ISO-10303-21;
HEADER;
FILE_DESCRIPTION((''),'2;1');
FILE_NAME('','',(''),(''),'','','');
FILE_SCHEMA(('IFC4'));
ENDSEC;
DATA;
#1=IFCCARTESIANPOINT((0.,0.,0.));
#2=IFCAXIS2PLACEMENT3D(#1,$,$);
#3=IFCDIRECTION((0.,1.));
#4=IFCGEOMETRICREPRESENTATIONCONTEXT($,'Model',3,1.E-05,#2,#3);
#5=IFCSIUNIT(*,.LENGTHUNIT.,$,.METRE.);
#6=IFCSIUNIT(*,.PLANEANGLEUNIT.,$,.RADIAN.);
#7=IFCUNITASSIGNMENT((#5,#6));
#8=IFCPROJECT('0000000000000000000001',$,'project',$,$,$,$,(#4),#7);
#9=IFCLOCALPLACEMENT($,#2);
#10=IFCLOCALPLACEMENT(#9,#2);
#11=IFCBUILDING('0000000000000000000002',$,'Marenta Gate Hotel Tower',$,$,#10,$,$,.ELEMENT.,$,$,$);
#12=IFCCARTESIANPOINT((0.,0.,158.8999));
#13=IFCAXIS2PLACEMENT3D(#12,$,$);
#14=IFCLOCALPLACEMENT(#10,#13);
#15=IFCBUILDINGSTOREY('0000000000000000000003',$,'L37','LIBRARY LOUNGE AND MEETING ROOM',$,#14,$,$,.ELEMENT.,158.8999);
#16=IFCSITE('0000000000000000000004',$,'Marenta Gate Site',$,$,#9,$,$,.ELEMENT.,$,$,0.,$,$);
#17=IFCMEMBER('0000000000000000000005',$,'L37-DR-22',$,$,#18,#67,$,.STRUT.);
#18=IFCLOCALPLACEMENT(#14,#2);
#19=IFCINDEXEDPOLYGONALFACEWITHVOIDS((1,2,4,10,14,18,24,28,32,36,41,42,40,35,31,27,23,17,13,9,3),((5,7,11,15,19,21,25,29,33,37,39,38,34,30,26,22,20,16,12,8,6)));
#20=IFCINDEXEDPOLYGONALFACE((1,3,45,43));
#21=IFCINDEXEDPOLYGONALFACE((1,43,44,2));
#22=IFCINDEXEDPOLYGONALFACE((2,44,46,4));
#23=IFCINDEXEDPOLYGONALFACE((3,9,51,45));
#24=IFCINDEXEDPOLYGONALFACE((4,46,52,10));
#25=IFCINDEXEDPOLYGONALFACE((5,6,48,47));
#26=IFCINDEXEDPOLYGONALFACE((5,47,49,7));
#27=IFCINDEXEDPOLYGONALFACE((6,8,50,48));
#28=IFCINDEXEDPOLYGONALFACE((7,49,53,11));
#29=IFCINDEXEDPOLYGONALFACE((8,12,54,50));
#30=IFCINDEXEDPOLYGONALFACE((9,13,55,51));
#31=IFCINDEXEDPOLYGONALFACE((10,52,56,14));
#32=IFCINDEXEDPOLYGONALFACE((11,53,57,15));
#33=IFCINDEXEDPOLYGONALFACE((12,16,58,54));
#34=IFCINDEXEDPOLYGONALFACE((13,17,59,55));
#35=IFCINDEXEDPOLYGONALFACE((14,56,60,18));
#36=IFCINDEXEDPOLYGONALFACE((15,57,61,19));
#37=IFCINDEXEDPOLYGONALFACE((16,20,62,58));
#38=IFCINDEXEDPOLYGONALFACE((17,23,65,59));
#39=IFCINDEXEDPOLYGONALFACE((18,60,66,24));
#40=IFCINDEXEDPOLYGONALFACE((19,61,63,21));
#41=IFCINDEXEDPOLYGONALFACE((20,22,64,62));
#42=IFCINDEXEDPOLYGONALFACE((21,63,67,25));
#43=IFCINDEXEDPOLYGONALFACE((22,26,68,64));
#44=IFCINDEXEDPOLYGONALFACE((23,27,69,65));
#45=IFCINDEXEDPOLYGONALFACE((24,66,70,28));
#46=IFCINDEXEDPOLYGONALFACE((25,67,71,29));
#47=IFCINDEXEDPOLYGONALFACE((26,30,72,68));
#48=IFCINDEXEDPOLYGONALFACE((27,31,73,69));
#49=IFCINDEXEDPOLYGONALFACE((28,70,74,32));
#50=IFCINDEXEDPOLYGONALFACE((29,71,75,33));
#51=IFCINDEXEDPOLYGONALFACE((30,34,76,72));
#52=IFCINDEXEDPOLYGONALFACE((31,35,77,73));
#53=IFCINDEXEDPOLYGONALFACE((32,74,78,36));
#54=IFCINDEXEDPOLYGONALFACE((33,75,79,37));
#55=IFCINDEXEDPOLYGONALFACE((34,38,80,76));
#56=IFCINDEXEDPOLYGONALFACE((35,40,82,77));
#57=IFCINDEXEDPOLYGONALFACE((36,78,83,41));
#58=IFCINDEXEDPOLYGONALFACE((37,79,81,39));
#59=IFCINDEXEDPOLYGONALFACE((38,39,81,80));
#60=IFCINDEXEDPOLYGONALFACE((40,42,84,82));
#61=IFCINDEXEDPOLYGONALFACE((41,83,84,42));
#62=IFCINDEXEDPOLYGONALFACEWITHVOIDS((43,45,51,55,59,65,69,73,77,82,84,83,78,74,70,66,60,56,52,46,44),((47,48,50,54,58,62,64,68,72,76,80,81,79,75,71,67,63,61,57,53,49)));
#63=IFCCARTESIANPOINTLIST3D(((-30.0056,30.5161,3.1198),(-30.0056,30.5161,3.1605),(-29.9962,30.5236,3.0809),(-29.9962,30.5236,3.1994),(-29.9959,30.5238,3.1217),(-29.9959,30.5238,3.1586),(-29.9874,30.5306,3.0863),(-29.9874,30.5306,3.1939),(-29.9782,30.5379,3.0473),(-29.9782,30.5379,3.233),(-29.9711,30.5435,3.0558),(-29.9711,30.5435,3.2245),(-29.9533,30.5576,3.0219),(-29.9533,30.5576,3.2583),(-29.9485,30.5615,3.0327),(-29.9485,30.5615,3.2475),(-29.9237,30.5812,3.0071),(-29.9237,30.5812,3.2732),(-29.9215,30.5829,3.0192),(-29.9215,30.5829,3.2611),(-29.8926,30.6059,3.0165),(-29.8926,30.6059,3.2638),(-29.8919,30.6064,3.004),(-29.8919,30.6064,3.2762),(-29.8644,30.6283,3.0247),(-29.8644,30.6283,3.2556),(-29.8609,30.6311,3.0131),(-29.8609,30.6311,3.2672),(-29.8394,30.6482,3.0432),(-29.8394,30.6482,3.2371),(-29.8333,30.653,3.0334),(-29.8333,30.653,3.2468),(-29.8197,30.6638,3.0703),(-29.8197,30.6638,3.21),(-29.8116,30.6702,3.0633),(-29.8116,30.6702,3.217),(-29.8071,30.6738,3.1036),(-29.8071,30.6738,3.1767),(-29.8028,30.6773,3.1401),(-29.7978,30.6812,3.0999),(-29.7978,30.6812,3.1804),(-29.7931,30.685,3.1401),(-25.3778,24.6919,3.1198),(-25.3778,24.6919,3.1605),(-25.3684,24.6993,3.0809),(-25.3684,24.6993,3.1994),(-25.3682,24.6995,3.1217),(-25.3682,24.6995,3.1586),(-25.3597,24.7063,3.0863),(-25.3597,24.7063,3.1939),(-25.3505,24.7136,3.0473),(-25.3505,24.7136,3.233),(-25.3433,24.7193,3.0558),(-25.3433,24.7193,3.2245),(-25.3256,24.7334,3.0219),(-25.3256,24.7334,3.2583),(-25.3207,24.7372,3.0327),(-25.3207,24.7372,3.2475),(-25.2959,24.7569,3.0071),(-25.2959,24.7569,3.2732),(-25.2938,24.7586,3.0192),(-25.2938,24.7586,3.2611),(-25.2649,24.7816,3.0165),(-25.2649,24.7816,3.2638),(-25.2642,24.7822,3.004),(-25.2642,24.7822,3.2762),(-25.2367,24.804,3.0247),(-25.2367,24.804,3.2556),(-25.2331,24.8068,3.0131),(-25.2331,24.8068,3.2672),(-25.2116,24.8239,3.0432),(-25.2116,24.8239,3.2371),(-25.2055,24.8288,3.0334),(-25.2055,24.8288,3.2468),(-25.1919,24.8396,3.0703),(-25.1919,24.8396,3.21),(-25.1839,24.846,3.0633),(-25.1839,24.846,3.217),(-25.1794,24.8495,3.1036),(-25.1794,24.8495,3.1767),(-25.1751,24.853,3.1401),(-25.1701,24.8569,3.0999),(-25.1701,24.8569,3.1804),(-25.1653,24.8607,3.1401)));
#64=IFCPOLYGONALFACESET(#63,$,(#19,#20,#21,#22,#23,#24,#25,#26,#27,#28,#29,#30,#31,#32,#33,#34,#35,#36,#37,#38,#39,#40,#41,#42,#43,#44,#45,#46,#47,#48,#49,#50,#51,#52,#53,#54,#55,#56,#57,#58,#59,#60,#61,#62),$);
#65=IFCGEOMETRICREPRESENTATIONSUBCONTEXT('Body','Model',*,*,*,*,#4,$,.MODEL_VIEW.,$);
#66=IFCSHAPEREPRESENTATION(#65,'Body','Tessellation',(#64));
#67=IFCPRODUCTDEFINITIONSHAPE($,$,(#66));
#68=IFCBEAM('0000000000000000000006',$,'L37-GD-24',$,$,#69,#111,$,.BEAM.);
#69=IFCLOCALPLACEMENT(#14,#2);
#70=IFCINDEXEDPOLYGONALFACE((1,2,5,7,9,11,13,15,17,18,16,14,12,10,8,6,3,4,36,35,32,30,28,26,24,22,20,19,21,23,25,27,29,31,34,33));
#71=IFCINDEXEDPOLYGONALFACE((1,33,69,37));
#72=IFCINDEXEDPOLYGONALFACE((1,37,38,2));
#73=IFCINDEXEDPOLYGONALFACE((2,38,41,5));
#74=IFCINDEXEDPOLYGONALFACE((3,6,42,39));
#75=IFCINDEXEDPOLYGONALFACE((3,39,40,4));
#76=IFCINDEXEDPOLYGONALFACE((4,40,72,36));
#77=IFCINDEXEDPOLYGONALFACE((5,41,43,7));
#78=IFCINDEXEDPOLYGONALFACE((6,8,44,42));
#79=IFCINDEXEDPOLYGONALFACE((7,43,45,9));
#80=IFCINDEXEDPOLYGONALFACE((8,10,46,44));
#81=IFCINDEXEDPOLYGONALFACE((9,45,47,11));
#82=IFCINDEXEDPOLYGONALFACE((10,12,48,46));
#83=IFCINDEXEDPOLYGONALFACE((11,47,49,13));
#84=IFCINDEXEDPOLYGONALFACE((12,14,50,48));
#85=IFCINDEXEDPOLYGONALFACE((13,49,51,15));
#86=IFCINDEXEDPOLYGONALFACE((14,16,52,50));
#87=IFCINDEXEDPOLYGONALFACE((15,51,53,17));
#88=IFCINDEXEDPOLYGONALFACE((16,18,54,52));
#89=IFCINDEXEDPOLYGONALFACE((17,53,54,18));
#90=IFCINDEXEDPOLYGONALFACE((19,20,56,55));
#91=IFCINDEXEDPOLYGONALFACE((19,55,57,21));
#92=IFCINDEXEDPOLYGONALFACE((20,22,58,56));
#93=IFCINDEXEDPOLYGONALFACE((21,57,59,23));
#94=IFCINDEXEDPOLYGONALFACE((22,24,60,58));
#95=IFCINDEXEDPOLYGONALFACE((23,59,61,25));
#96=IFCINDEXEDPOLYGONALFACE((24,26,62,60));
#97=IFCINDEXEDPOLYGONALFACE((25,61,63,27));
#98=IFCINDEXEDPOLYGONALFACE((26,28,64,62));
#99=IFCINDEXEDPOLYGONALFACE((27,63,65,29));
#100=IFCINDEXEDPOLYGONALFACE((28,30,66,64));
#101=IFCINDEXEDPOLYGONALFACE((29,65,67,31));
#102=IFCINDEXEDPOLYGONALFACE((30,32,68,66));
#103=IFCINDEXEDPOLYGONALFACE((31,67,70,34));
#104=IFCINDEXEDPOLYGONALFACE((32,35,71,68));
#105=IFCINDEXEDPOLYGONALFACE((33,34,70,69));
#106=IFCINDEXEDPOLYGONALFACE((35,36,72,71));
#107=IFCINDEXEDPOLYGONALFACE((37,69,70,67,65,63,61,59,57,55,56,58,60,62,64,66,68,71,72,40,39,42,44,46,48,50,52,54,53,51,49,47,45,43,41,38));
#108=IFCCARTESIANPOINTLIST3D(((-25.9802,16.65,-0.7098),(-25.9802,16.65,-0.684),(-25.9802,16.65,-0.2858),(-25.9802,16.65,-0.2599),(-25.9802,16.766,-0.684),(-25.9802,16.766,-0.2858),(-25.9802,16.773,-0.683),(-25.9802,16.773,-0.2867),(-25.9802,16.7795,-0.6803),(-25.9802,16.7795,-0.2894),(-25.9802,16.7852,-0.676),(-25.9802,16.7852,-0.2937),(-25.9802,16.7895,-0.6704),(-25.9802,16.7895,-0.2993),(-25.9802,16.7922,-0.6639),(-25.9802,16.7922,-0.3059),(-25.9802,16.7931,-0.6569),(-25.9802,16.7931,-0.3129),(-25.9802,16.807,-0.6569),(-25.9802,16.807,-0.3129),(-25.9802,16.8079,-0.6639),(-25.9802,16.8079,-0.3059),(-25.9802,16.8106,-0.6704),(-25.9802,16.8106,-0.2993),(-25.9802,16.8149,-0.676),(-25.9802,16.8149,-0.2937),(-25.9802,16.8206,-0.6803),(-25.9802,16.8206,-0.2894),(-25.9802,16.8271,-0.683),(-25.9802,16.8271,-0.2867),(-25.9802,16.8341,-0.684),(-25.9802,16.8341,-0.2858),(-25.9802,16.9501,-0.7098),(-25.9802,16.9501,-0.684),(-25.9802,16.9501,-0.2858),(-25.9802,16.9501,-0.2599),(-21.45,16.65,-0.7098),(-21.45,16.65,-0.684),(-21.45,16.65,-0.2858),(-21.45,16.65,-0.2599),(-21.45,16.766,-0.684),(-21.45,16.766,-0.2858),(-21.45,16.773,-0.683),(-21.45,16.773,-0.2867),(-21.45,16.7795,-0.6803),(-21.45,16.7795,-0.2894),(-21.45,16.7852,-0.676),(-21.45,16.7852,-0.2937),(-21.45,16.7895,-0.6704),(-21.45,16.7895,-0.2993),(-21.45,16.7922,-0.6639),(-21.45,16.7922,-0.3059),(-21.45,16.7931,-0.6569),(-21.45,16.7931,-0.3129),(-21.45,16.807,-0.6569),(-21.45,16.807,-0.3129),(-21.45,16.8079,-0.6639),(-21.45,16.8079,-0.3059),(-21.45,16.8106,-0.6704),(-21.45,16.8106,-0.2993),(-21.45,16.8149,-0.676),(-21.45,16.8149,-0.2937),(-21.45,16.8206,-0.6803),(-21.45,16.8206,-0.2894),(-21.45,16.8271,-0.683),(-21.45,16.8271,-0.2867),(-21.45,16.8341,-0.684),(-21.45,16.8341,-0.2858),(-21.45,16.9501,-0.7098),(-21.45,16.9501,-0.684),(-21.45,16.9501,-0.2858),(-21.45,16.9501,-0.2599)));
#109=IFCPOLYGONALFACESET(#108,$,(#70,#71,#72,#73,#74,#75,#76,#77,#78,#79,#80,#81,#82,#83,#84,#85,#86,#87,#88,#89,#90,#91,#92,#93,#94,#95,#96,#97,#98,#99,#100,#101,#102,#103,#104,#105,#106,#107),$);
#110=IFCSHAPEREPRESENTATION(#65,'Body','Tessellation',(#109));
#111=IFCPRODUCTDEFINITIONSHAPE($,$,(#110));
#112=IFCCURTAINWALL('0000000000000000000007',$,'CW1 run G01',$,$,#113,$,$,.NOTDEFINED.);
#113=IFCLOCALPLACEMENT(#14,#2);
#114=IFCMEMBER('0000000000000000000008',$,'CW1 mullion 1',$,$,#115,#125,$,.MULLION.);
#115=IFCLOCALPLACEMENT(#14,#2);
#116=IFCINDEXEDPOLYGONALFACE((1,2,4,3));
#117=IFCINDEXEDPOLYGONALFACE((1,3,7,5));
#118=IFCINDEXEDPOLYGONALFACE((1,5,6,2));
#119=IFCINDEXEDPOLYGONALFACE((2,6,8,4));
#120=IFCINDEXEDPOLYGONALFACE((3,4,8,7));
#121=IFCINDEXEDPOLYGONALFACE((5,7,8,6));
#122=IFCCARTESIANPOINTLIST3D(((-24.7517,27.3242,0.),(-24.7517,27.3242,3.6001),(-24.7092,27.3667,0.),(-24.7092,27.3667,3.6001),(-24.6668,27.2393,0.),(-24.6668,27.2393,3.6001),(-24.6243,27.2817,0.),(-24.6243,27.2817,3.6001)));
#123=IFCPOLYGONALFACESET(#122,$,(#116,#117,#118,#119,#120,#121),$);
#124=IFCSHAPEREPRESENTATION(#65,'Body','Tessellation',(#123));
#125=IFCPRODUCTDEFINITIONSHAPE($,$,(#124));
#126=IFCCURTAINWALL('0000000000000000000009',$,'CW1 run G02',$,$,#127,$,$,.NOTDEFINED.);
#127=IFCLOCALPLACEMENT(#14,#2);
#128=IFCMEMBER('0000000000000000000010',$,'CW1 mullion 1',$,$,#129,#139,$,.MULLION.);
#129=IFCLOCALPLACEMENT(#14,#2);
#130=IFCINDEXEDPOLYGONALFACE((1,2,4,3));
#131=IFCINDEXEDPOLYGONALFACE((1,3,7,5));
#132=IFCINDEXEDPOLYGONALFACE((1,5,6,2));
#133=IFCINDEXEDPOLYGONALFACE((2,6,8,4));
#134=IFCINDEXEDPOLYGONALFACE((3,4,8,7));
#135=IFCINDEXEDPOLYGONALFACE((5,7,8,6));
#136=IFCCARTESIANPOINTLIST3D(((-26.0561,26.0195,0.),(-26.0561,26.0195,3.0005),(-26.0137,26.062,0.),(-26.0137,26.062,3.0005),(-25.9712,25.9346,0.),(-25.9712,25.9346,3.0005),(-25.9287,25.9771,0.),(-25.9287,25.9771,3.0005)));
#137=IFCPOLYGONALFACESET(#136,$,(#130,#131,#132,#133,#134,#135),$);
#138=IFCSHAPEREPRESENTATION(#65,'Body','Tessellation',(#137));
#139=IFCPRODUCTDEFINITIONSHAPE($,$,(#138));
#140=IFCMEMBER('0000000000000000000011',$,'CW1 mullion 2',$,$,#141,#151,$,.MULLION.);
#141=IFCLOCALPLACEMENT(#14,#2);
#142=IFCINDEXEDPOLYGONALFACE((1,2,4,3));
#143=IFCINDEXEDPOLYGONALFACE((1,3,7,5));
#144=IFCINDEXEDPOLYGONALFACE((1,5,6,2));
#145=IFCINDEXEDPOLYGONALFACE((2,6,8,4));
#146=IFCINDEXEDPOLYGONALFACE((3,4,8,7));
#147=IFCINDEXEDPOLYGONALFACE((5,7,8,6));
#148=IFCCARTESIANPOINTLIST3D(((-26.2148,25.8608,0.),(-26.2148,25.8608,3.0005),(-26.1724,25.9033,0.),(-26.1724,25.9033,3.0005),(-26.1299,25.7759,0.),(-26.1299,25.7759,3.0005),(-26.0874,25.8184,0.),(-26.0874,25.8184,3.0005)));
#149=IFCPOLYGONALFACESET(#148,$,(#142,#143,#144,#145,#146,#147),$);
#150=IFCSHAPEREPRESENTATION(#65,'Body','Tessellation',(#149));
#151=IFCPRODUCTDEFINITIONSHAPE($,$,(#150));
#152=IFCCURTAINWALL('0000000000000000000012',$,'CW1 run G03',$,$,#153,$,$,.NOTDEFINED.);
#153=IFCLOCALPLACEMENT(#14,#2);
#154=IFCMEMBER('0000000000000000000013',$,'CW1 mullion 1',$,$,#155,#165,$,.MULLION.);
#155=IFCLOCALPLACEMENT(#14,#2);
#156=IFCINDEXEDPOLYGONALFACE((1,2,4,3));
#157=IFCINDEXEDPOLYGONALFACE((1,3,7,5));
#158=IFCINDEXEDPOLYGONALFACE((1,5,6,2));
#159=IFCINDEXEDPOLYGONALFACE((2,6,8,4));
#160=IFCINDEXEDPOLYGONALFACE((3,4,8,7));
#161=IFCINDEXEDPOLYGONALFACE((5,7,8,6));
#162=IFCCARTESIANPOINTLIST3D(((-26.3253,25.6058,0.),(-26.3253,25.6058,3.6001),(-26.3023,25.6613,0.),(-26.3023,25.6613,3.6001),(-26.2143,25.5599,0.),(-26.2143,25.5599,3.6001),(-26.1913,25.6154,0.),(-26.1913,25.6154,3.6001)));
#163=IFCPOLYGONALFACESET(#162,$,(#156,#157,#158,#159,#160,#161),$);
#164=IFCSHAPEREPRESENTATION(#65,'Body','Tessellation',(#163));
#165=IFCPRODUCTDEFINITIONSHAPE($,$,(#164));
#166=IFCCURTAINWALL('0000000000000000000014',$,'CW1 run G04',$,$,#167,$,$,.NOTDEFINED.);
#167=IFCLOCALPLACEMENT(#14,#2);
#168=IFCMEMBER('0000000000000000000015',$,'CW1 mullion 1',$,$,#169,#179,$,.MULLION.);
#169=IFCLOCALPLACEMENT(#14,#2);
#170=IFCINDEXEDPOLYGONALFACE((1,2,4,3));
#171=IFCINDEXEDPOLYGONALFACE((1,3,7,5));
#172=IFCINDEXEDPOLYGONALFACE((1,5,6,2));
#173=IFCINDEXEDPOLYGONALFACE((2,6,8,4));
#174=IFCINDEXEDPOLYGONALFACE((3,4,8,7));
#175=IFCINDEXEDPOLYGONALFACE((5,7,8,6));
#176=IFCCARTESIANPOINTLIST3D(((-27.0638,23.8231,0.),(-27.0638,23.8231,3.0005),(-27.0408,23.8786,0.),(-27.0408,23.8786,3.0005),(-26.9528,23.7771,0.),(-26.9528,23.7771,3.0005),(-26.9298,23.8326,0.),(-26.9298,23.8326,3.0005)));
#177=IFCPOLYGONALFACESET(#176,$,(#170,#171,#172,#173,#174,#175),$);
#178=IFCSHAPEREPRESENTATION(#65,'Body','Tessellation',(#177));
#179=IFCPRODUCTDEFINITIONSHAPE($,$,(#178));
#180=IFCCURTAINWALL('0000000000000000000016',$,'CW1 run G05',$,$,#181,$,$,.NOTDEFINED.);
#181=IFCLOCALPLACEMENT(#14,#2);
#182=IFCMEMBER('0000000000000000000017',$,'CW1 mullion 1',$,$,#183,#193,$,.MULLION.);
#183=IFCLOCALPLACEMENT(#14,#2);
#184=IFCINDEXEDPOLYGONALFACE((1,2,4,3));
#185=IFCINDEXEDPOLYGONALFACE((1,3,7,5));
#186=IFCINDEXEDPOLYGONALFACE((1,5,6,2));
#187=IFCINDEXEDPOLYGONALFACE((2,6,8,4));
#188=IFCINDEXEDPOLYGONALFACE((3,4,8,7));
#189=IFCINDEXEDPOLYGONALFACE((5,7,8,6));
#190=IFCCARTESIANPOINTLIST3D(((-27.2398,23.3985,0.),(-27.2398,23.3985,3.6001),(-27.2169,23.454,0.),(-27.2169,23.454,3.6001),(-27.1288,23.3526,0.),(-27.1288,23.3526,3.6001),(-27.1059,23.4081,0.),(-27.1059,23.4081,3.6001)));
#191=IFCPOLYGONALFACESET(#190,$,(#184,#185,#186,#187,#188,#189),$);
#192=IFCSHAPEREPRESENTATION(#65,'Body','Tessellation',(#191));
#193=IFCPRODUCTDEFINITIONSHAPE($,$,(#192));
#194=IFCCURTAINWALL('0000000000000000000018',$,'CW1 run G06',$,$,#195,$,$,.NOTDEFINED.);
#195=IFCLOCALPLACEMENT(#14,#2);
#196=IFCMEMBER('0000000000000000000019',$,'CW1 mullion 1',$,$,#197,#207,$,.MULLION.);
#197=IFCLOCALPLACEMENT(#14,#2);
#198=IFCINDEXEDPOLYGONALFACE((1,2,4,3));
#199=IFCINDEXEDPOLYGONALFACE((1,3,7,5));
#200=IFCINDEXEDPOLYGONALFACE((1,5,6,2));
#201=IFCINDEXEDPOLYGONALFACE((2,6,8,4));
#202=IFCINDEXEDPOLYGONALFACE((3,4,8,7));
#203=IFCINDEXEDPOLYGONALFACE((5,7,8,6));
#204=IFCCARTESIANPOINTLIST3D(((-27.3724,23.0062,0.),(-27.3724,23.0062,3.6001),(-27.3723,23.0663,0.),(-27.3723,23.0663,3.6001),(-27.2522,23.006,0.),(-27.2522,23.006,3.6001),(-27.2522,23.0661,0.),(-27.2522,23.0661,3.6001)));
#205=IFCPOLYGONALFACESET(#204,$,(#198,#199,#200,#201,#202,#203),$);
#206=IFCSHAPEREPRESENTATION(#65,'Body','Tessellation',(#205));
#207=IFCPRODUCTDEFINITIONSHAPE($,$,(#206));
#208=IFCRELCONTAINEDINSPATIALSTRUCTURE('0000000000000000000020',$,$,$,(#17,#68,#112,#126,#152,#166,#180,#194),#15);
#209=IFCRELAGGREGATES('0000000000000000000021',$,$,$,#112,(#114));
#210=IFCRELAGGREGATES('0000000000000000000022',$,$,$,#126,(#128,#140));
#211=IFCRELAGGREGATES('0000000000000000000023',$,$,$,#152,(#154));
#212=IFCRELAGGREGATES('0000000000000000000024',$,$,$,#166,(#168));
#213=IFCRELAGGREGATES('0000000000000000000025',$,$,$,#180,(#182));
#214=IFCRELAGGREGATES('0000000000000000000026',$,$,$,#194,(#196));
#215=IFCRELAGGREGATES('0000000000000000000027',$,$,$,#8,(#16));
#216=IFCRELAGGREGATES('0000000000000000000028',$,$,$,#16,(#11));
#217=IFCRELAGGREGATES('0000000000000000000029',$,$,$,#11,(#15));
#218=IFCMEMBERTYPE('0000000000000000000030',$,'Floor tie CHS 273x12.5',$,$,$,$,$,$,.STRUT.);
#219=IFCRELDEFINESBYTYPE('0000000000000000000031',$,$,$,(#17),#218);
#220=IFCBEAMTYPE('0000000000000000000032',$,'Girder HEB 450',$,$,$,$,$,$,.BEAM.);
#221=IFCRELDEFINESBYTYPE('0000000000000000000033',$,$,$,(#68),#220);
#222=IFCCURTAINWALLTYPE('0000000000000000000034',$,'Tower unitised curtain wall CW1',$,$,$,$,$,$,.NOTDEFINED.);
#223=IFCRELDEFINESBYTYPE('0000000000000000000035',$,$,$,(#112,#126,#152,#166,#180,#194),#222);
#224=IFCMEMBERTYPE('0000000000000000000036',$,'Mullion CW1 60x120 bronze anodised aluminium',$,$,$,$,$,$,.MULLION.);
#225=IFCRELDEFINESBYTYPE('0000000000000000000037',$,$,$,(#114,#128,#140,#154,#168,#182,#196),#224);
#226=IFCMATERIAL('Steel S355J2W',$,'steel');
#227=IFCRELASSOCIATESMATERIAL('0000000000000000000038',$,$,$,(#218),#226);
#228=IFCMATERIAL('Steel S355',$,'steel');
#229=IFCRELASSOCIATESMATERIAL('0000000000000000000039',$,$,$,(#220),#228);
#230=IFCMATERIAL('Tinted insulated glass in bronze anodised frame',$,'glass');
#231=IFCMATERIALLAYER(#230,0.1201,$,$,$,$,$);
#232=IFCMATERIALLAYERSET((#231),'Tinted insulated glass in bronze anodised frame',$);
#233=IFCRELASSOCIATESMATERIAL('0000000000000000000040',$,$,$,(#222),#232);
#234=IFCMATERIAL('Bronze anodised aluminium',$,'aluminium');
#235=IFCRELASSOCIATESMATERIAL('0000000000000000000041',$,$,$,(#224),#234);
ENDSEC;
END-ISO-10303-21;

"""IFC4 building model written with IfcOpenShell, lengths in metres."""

from ifc_helpers import new_model, si_unit, direction, frame, origin, origin_2d, place, context, subcontext, project, spatial, rectangle, hollow_circle, i_section, extrude, material, layer, layer_set, material_profile, profile_set, type_object, element, aggregate, save


model = new_model("IFC4")

# Units and contexts
model_context = context("Model", 3, precision=1e-05, world=origin(), true_north=direction((0.0, 1.0)))
body_context = subcontext(model_context, "Body", "Model", "MODEL_VIEW")
ifc_project = project(units=[si_unit("LENGTHUNIT", "METRE"), si_unit("PLANEANGLEUNIT", "RADIAN")], contexts=[model_context])

# Site, building, storey
site_placement = place(None, origin())
site = spatial("IfcSite", under=ifc_project, at=site_placement, Name="Marenta Gate Site", CompositionType="ELEMENT", RefElevation=0.0)
building_placement = place(site_placement, origin())
building = spatial("IfcBuilding", under=site, at=building_placement, Name="Marenta Gate Hotel Tower", CompositionType="ELEMENT")
storey_placement = place(building_placement, frame((0.0, 0.0, 158.8999)))
storey = spatial("IfcBuildingStorey", under=building, at=storey_placement, Name="L37", Description="LIBRARY LOUNGE AND MEETING ROOM", CompositionType="ELEMENT", Elevation=158.8999)

# Member
ifc_material_1 = material(Name="Steel S355J2W", Category="steel")
ifc_material_profile_1 = material_profile(ifc_material_1, hollow_circle(Radius=0.1365, WallThickness=0.0125, at=origin_2d()), Name="CHS 273x12.5")
ifc_profile_set_1 = profile_set([ifc_material_profile_1], Name="Steel S355J2W")
member_type_1 = type_object("IfcMemberType", Name="Floor tie CHS 273x12.5", PredefinedType="STRUT", material=ifc_profile_set_1)
member_1_placement = place(storey_placement, frame((-29.8999, 30.6001, 3.1401), z_axis=(0.622094, -0.782943, 0.0), x_axis=(0.782943, 0.622094, 0.0)))
element("IfcMember", 1, at=member_1_placement, inside=storey, type_object=member_type_1, Name="L37-DR-22", PredefinedType="STRUT", context=body_context, shape_type="SweptSolid", body=[
    extrude(hollow_circle(Radius=0.1365, WallThickness=0.0125, at=origin_2d()), origin(), (0.0, 0.0, 1.0), 7.439),
])

# Beam
ifc_material_2 = material(Name="Steel S355", Category="steel")
ifc_material_profile_2 = material_profile(ifc_material_2, i_section(OverallWidth=0.3, OverallDepth=0.45, WebThickness=0.0139, FlangeThickness=0.0259, FilletRadius=0.0271, at=origin_2d()), Name="HEB 450")
ifc_profile_set_2 = profile_set([ifc_material_profile_2], Name="Steel S355")
beam_type_1 = type_object("IfcBeamType", Name="Girder HEB 450", PredefinedType="BEAM", material=ifc_profile_set_2)
beam_1_placement = place(storey_placement, frame((-25.9802, 16.8, -0.4849), z_axis=(1.0, 0.0, 0.0), x_axis=(0.0, 1.0, 0.0)))
element("IfcBeam", 2, at=beam_1_placement, inside=storey, type_object=beam_type_1, Name="L37-GD-24", PredefinedType="BEAM", context=body_context, shape_type="SweptSolid", body=[
    extrude(i_section(OverallWidth=0.3, OverallDepth=0.45, WebThickness=0.0139, FlangeThickness=0.0259, FilletRadius=0.0271, at=origin_2d()), origin(), (0.0, 0.0, 1.0), 4.5303),
])

# Curtain wall, member
ifc_material_3 = material(Name="Tinted insulated glass in bronze anodised frame", Category="glass")
ifc_layer_1 = layer(ifc_material_3, 0.1201)
ifc_layer_set_1 = layer_set([ifc_layer_1], Name="Tinted insulated glass in bronze anodised frame")
curtain_wall_type = type_object("IfcCurtainWallType", Name="Tower unitised curtain wall CW1", PredefinedType="NOTDEFINED", material=ifc_layer_set_1)
curtain_wall_1_placement = place(storey_placement, origin())
curtain_wall_1 = element("IfcCurtainWall", 3, at=curtain_wall_1_placement, inside=storey, type_object=curtain_wall_type, Name="CW1 run G01", PredefinedType="NOTDEFINED")
ifc_material_4 = material(Name="Bronze anodised aluminium", Category="aluminium")
ifc_material_profile_3 = material_profile(ifc_material_4, rectangle(XDim=0.1201, YDim=0.0601, at=origin_2d()), Name="Mullion CW1 60x120 bronze anodised aluminium")
ifc_profile_set_3 = profile_set([ifc_material_profile_3], Name="Bronze anodised aluminium")
member_type_2 = type_object("IfcMemberType", Name="Mullion CW1 60x120 bronze anodised aluminium", PredefinedType="MULLION", material=ifc_profile_set_3)
member_2_placement = place(storey_placement, frame((-24.688, 27.303, 0.0), z_axis=(0.0, 0.0, 1.0), x_axis=(0.707107, -0.707107, 0.0)))
member_2 = element("IfcMember", 4, at=member_2_placement, type_object=member_type_2, Name="CW1 mullion 1", PredefinedType="MULLION", context=body_context, shape_type="SweptSolid", body=[
    extrude(rectangle(XDim=0.1201, YDim=0.0601, at=origin_2d()), origin(), (0.0, 0.0, 1.0), 3.6001),
])

# Curtain wall, members
curtain_wall_2_placement = place(storey_placement, origin())
curtain_wall_2 = element("IfcCurtainWall", 5, at=curtain_wall_2_placement, inside=storey, type_object=curtain_wall_type, Name="CW1 run G02", PredefinedType="NOTDEFINED")
member_3_placement = place(storey_placement, frame((-25.9924, 25.9983, 0.0), z_axis=(0.0, 0.0, 1.0), x_axis=(0.707107, -0.707107, 0.0)))
member_3 = element("IfcMember", 6, at=member_3_placement, type_object=member_type_2, Name="CW1 mullion 1", PredefinedType="MULLION", context=body_context, shape_type="SweptSolid", body=[
    extrude(rectangle(XDim=0.1201, YDim=0.0601, at=origin_2d()), origin(), (0.0, 0.0, 1.0), 3.0005),
])
member_4_placement = place(storey_placement, frame((-26.1511, 25.8396, 0.0), z_axis=(0.0, 0.0, 1.0), x_axis=(0.707107, -0.707107, 0.0)))
member_4 = element("IfcMember", 7, at=member_4_placement, type_object=member_type_2, Name="CW1 mullion 2", PredefinedType="MULLION", context=body_context, shape_type="SweptSolid", body=[
    extrude(rectangle(XDim=0.1201, YDim=0.0601, at=origin_2d()), origin(), (0.0, 0.0, 1.0), 3.0005),
])

# Curtain walls, members
curtain_wall_3_placement = place(storey_placement, origin())
curtain_wall_3 = element("IfcCurtainWall", 8, at=curtain_wall_3_placement, inside=storey, type_object=curtain_wall_type, Name="CW1 run G03", PredefinedType="NOTDEFINED")
member_5_placement = place(storey_placement, frame((-26.2583, 25.6106, 0.0), z_axis=(0.0, 0.0, 1.0), x_axis=(0.923875, -0.382694, 0.0)))
member_5 = element("IfcMember", 9, at=member_5_placement, type_object=member_type_2, Name="CW1 mullion 1", PredefinedType="MULLION", context=body_context, shape_type="SweptSolid", body=[
    extrude(rectangle(XDim=0.1201, YDim=0.0601, at=origin_2d()), origin(), (0.0, 0.0, 1.0), 3.6001),
])
curtain_wall_4_placement = place(storey_placement, origin())
curtain_wall_4 = element("IfcCurtainWall", 10, at=curtain_wall_4_placement, inside=storey, type_object=curtain_wall_type, Name="CW1 run G04", PredefinedType="NOTDEFINED")
member_6_placement = place(storey_placement, frame((-26.9968, 23.8279, 0.0), z_axis=(0.0, 0.0, 1.0), x_axis=(0.923815, -0.382838, 0.0)))
member_6 = element("IfcMember", 11, at=member_6_placement, type_object=member_type_2, Name="CW1 mullion 1", PredefinedType="MULLION", context=body_context, shape_type="SweptSolid", body=[
    extrude(rectangle(XDim=0.1201, YDim=0.0601, at=origin_2d()), origin(), (0.0, 0.0, 1.0), 3.0005),
])
curtain_wall_5_placement = place(storey_placement, origin())
curtain_wall_5 = element("IfcCurtainWall", 12, at=curtain_wall_5_placement, inside=storey, type_object=curtain_wall_type, Name="CW1 run G05", PredefinedType="NOTDEFINED")
member_7_placement = place(storey_placement, frame((-27.1729, 23.4033, 0.0), z_axis=(0.0, 0.0, 1.0), x_axis=(0.923974, -0.382456, 0.0)))
member_7 = element("IfcMember", 13, at=member_7_placement, type_object=member_type_2, Name="CW1 mullion 1", PredefinedType="MULLION", context=body_context, shape_type="SweptSolid", body=[
    extrude(rectangle(XDim=0.1201, YDim=0.0601, at=origin_2d()), origin(), (0.0, 0.0, 1.0), 3.6001),
])

# Curtain wall, member
curtain_wall_6_placement = place(storey_placement, origin())
curtain_wall_6 = element("IfcCurtainWall", 14, at=curtain_wall_6_placement, inside=storey, type_object=curtain_wall_type, Name="CW1 run G06", PredefinedType="NOTDEFINED")
member_8_placement = place(storey_placement, frame((-27.3123, 23.0361, 0.0), z_axis=(0.0, 0.0, 1.0), x_axis=(0.999999, -0.00157, 0.0)))
member_8 = element("IfcMember", 15, at=member_8_placement, type_object=member_type_2, Name="CW1 mullion 1", PredefinedType="MULLION", context=body_context, shape_type="SweptSolid", body=[
    extrude(rectangle(XDim=0.1201, YDim=0.0601, at=origin_2d()), origin(), (0.0, 0.0, 1.0), 3.6001),
])

aggregate(curtain_wall_1, [member_2])
aggregate(curtain_wall_2, [member_3, member_4])
aggregate(curtain_wall_3, [member_5])
aggregate(curtain_wall_4, [member_6])
aggregate(curtain_wall_5, [member_7])
aggregate(curtain_wall_6, [member_8])

save(model, "model.ifc")
